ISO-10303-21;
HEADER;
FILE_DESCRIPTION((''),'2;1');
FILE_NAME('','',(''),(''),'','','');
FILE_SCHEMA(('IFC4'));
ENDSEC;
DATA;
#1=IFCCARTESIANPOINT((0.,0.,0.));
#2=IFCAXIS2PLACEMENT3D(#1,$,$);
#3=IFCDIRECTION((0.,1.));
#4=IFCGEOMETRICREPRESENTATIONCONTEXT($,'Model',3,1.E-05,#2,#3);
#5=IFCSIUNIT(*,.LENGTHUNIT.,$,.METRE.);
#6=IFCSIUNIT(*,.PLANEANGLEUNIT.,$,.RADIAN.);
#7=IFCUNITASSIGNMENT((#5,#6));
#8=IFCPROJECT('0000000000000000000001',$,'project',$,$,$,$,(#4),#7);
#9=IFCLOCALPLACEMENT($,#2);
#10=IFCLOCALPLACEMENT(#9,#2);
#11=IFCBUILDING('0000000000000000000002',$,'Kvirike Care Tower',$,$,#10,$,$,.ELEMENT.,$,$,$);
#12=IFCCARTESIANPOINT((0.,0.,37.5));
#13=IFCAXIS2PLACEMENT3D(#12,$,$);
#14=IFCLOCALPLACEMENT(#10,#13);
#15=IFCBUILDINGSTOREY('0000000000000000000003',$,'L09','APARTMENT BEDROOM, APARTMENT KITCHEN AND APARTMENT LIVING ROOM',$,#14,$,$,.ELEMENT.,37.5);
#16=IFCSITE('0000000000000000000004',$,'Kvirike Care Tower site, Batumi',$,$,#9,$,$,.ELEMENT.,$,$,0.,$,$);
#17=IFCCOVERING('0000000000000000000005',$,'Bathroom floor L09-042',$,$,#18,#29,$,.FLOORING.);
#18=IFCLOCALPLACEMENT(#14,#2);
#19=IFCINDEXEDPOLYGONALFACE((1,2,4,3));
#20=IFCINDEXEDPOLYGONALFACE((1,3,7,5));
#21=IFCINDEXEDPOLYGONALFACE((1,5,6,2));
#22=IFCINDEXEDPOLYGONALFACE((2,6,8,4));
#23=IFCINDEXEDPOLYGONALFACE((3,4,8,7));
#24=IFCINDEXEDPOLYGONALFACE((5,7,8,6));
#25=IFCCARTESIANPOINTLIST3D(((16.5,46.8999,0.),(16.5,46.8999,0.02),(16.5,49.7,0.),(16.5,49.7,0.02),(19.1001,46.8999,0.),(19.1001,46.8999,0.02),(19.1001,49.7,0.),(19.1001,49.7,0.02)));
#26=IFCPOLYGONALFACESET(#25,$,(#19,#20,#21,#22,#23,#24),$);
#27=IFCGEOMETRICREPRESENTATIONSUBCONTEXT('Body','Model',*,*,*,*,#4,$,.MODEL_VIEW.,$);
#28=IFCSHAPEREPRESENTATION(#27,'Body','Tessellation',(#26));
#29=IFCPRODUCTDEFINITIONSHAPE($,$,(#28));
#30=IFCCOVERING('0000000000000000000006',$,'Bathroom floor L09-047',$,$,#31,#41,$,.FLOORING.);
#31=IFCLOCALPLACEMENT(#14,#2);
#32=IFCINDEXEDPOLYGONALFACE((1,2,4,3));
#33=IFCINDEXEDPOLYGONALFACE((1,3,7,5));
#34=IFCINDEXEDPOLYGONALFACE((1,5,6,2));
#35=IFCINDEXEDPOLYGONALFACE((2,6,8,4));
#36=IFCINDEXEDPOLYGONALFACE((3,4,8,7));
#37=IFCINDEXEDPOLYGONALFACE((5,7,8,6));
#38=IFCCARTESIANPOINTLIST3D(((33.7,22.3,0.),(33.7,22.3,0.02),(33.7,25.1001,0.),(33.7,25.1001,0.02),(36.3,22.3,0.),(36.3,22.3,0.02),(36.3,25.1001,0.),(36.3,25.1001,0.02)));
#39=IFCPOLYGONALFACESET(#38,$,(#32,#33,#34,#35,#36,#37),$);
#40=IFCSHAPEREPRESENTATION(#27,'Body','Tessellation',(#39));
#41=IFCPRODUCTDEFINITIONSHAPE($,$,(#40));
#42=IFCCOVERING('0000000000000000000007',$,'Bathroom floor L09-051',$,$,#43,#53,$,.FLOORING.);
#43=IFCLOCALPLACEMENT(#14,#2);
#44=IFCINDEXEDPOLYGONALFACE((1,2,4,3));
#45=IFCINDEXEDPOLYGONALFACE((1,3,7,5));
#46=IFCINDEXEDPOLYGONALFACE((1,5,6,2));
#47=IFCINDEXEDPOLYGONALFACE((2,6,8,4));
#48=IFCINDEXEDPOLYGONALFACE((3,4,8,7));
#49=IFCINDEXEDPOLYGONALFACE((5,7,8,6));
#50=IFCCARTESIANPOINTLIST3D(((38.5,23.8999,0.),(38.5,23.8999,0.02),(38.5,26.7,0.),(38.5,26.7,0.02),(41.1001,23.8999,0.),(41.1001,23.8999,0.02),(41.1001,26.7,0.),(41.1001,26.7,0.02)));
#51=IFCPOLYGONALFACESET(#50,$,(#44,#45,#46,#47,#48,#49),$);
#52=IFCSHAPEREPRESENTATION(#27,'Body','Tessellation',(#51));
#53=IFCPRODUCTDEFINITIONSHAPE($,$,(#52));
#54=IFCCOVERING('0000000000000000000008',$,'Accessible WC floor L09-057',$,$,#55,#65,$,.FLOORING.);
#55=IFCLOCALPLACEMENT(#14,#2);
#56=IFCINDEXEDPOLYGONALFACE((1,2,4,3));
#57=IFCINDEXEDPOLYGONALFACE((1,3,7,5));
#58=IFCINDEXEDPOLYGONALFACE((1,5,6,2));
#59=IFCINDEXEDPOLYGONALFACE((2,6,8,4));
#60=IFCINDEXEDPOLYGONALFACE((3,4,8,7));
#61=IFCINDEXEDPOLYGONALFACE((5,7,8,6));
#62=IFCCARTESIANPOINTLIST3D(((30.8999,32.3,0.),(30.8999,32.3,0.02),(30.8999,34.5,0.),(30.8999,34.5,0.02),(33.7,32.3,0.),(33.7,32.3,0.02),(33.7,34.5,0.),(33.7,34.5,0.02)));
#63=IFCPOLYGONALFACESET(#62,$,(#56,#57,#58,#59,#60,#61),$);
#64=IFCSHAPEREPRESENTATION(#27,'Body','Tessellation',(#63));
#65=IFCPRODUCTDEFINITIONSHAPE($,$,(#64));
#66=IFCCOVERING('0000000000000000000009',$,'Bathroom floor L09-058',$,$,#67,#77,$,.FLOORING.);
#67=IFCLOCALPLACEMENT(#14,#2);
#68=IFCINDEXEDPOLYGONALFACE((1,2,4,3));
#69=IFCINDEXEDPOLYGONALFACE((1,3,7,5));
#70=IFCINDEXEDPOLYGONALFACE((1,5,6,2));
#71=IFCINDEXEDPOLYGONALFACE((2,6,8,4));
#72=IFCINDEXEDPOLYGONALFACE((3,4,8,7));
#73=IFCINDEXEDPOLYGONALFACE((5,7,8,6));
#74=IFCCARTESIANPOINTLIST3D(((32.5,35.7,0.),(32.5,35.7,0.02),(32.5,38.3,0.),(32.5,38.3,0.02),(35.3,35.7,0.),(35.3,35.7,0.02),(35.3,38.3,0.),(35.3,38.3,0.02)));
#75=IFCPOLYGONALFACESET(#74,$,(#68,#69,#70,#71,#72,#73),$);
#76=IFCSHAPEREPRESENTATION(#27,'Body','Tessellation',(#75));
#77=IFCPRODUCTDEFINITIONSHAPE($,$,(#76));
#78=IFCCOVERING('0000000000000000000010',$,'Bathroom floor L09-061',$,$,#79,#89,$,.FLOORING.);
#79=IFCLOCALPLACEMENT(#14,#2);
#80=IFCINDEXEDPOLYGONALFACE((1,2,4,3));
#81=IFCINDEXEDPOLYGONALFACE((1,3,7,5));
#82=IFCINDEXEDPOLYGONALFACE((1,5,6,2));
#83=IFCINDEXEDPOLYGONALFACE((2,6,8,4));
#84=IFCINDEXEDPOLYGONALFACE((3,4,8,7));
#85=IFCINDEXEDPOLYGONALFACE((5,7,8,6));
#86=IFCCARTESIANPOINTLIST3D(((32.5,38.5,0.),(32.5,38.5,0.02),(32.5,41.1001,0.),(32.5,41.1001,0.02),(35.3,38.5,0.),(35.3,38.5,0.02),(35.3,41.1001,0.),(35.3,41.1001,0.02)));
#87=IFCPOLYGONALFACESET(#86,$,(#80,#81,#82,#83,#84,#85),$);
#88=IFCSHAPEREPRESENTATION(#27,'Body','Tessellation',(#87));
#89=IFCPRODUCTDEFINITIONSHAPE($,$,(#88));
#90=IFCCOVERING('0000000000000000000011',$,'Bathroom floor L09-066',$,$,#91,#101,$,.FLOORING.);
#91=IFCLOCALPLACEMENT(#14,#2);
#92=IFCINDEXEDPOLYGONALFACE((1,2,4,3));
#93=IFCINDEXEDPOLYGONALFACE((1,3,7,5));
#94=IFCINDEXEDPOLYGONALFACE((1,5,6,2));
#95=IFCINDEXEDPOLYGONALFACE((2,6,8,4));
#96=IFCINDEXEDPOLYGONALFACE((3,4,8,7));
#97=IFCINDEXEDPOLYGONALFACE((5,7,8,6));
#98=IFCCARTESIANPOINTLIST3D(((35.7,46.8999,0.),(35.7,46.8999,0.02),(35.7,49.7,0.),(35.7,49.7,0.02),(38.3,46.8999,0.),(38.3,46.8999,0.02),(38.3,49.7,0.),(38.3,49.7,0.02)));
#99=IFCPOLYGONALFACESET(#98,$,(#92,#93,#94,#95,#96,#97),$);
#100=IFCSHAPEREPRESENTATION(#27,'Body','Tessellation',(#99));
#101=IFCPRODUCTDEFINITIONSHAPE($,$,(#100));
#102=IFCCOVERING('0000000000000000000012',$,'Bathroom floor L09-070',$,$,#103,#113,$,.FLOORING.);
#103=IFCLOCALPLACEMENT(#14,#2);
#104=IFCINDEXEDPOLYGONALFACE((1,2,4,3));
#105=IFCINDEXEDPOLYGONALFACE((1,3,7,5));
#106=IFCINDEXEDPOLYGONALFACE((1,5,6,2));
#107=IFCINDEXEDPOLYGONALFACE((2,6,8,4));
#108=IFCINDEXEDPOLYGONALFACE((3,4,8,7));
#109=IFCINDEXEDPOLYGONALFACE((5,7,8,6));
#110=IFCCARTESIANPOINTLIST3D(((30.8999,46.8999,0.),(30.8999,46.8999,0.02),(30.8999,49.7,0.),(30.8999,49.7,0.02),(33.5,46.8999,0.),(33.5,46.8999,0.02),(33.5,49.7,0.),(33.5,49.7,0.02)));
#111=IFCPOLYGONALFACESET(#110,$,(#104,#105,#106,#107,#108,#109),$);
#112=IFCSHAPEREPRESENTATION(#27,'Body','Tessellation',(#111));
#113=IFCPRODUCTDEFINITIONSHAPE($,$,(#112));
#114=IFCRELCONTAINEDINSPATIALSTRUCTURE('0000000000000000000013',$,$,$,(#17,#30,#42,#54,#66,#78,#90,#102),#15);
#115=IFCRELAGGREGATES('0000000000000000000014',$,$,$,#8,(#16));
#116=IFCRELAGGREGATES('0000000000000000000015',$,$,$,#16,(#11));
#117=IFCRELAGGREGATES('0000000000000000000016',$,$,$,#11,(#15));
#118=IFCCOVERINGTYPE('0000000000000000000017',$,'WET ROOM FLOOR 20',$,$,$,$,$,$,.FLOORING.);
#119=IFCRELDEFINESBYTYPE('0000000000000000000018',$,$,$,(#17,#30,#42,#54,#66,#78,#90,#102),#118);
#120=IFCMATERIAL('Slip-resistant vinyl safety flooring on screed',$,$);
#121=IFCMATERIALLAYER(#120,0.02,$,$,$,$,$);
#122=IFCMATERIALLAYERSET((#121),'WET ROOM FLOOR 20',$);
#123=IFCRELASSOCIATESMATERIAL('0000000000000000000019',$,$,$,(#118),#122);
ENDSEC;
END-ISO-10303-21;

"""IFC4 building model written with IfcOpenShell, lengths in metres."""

from ifc_helpers import new_model, si_unit, direction, frame, origin, place, context, subcontext, project, spatial, polyline, outline, extrude, material, layer, layer_set, type_object, element, save


model = new_model("IFC4")

# Units and contexts
model_context = context("Model", 3, precision=1e-05, world=origin(), true_north=direction((0.0, 1.0)))
body_context = subcontext(model_context, "Body", "Model", "MODEL_VIEW")
ifc_project = project(units=[si_unit("LENGTHUNIT", "METRE"), si_unit("PLANEANGLEUNIT", "RADIAN")], contexts=[model_context])

# Site, building, storey
site_placement = place(None, origin())
site = spatial("IfcSite", under=ifc_project, at=site_placement, Name="Kvirike Care Tower site, Batumi", CompositionType="ELEMENT", RefElevation=0.0)
building_placement = place(site_placement, origin())
building = spatial("IfcBuilding", under=site, at=building_placement, Name="Kvirike Care Tower", CompositionType="ELEMENT")
storey_placement = place(building_placement, frame((0.0, 0.0, 37.5)))
storey = spatial("IfcBuildingStorey", under=building, at=storey_placement, Name="L09", Description="APARTMENT BEDROOM, APARTMENT KITCHEN AND APARTMENT LIVING ROOM", CompositionType="ELEMENT", Elevation=37.5)

# Coverings
ifc_material_1 = material(Name="Slip-resistant vinyl safety flooring on screed")
ifc_layer_1 = layer(ifc_material_1, 0.02)
ifc_layer_set_1 = layer_set([ifc_layer_1], Name="WET ROOM FLOOR 20")
covering_type = type_object("IfcCoveringType", Name="WET ROOM FLOOR 20", PredefinedType="FLOORING", material=ifc_layer_set_1)
covering_1_placement = place(storey_placement, origin())
element("IfcCovering", 1, at=covering_1_placement, inside=storey, type_object=covering_type, Name="Bathroom floor L09-042", PredefinedType="FLOORING", context=body_context, shape_type="SweptSolid", body=[
    extrude(outline(polyline([(19.1001, 49.7), (19.1001, 46.8999), (16.5, 46.8999), (16.5, 49.7), (19.1001, 49.7)])), origin(), (0.0, 0.0, 1.0), 0.02),
])
covering_2_placement = place(storey_placement, origin())
element("IfcCovering", 2, at=covering_2_placement, inside=storey, type_object=covering_type, Name="Bathroom floor L09-047", PredefinedType="FLOORING", context=body_context, shape_type="SweptSolid", body=[
    extrude(outline(polyline([(33.7, 22.3), (33.7, 25.1001), (36.3, 25.1001), (36.3, 22.3), (33.7, 22.3)])), origin(), (0.0, 0.0, 1.0), 0.02),
])
covering_3_placement = place(storey_placement, origin())
element("IfcCovering", 3, at=covering_3_placement, inside=storey, type_object=covering_type, Name="Bathroom floor L09-051", PredefinedType="FLOORING", context=body_context, shape_type="SweptSolid", body=[
    extrude(outline(polyline([(38.5, 23.8999), (38.5, 26.7), (41.1001, 26.7), (41.1001, 23.8999), (38.5, 23.8999)])), origin(), (0.0, 0.0, 1.0), 0.02),
])
covering_4_placement = place(storey_placement, origin())
element("IfcCovering", 4, at=covering_4_placement, inside=storey, type_object=covering_type, Name="Accessible WC floor L09-057", PredefinedType="FLOORING", context=body_context, shape_type="SweptSolid", body=[
    extrude(outline(polyline([(33.7, 32.3), (30.8999, 32.3), (30.8999, 34.5), (33.7, 34.5), (33.7, 32.3)])), origin(), (0.0, 0.0, 1.0), 0.02),
])
covering_5_placement = place(storey_placement, origin())
element("IfcCovering", 5, at=covering_5_placement, inside=storey, type_object=covering_type, Name="Bathroom floor L09-058", PredefinedType="FLOORING", context=body_context, shape_type="SweptSolid", body=[
    extrude(outline(polyline([(35.3, 35.7), (32.5, 35.7), (32.5, 38.3), (35.3, 38.3), (35.3, 35.7)])), origin(), (0.0, 0.0, 1.0), 0.02),
])
covering_6_placement = place(storey_placement, origin())
element("IfcCovering", 6, at=covering_6_placement, inside=storey, type_object=covering_type, Name="Bathroom floor L09-061", PredefinedType="FLOORING", context=body_context, shape_type="SweptSolid", body=[
    extrude(outline(polyline([(35.3, 38.5), (32.5, 38.5), (32.5, 41.1001), (35.3, 41.1001), (35.3, 38.5)])), origin(), (0.0, 0.0, 1.0), 0.02),
])
covering_7_placement = place(storey_placement, origin())
element("IfcCovering", 7, at=covering_7_placement, inside=storey, type_object=covering_type, Name="Bathroom floor L09-066", PredefinedType="FLOORING", context=body_context, shape_type="SweptSolid", body=[
    extrude(outline(polyline([(38.3, 49.7), (38.3, 46.8999), (35.7, 46.8999), (35.7, 49.7), (38.3, 49.7)])), origin(), (0.0, 0.0, 1.0), 0.02),
])
covering_8_placement = place(storey_placement, origin())
element("IfcCovering", 8, at=covering_8_placement, inside=storey, type_object=covering_type, Name="Bathroom floor L09-070", PredefinedType="FLOORING", context=body_context, shape_type="SweptSolid", body=[
    extrude(outline(polyline([(33.5, 49.7), (33.5, 46.8999), (30.8999, 46.8999), (30.8999, 49.7), (33.5, 49.7)])), origin(), (0.0, 0.0, 1.0), 0.02),
])

save(model, "model.ifc")
